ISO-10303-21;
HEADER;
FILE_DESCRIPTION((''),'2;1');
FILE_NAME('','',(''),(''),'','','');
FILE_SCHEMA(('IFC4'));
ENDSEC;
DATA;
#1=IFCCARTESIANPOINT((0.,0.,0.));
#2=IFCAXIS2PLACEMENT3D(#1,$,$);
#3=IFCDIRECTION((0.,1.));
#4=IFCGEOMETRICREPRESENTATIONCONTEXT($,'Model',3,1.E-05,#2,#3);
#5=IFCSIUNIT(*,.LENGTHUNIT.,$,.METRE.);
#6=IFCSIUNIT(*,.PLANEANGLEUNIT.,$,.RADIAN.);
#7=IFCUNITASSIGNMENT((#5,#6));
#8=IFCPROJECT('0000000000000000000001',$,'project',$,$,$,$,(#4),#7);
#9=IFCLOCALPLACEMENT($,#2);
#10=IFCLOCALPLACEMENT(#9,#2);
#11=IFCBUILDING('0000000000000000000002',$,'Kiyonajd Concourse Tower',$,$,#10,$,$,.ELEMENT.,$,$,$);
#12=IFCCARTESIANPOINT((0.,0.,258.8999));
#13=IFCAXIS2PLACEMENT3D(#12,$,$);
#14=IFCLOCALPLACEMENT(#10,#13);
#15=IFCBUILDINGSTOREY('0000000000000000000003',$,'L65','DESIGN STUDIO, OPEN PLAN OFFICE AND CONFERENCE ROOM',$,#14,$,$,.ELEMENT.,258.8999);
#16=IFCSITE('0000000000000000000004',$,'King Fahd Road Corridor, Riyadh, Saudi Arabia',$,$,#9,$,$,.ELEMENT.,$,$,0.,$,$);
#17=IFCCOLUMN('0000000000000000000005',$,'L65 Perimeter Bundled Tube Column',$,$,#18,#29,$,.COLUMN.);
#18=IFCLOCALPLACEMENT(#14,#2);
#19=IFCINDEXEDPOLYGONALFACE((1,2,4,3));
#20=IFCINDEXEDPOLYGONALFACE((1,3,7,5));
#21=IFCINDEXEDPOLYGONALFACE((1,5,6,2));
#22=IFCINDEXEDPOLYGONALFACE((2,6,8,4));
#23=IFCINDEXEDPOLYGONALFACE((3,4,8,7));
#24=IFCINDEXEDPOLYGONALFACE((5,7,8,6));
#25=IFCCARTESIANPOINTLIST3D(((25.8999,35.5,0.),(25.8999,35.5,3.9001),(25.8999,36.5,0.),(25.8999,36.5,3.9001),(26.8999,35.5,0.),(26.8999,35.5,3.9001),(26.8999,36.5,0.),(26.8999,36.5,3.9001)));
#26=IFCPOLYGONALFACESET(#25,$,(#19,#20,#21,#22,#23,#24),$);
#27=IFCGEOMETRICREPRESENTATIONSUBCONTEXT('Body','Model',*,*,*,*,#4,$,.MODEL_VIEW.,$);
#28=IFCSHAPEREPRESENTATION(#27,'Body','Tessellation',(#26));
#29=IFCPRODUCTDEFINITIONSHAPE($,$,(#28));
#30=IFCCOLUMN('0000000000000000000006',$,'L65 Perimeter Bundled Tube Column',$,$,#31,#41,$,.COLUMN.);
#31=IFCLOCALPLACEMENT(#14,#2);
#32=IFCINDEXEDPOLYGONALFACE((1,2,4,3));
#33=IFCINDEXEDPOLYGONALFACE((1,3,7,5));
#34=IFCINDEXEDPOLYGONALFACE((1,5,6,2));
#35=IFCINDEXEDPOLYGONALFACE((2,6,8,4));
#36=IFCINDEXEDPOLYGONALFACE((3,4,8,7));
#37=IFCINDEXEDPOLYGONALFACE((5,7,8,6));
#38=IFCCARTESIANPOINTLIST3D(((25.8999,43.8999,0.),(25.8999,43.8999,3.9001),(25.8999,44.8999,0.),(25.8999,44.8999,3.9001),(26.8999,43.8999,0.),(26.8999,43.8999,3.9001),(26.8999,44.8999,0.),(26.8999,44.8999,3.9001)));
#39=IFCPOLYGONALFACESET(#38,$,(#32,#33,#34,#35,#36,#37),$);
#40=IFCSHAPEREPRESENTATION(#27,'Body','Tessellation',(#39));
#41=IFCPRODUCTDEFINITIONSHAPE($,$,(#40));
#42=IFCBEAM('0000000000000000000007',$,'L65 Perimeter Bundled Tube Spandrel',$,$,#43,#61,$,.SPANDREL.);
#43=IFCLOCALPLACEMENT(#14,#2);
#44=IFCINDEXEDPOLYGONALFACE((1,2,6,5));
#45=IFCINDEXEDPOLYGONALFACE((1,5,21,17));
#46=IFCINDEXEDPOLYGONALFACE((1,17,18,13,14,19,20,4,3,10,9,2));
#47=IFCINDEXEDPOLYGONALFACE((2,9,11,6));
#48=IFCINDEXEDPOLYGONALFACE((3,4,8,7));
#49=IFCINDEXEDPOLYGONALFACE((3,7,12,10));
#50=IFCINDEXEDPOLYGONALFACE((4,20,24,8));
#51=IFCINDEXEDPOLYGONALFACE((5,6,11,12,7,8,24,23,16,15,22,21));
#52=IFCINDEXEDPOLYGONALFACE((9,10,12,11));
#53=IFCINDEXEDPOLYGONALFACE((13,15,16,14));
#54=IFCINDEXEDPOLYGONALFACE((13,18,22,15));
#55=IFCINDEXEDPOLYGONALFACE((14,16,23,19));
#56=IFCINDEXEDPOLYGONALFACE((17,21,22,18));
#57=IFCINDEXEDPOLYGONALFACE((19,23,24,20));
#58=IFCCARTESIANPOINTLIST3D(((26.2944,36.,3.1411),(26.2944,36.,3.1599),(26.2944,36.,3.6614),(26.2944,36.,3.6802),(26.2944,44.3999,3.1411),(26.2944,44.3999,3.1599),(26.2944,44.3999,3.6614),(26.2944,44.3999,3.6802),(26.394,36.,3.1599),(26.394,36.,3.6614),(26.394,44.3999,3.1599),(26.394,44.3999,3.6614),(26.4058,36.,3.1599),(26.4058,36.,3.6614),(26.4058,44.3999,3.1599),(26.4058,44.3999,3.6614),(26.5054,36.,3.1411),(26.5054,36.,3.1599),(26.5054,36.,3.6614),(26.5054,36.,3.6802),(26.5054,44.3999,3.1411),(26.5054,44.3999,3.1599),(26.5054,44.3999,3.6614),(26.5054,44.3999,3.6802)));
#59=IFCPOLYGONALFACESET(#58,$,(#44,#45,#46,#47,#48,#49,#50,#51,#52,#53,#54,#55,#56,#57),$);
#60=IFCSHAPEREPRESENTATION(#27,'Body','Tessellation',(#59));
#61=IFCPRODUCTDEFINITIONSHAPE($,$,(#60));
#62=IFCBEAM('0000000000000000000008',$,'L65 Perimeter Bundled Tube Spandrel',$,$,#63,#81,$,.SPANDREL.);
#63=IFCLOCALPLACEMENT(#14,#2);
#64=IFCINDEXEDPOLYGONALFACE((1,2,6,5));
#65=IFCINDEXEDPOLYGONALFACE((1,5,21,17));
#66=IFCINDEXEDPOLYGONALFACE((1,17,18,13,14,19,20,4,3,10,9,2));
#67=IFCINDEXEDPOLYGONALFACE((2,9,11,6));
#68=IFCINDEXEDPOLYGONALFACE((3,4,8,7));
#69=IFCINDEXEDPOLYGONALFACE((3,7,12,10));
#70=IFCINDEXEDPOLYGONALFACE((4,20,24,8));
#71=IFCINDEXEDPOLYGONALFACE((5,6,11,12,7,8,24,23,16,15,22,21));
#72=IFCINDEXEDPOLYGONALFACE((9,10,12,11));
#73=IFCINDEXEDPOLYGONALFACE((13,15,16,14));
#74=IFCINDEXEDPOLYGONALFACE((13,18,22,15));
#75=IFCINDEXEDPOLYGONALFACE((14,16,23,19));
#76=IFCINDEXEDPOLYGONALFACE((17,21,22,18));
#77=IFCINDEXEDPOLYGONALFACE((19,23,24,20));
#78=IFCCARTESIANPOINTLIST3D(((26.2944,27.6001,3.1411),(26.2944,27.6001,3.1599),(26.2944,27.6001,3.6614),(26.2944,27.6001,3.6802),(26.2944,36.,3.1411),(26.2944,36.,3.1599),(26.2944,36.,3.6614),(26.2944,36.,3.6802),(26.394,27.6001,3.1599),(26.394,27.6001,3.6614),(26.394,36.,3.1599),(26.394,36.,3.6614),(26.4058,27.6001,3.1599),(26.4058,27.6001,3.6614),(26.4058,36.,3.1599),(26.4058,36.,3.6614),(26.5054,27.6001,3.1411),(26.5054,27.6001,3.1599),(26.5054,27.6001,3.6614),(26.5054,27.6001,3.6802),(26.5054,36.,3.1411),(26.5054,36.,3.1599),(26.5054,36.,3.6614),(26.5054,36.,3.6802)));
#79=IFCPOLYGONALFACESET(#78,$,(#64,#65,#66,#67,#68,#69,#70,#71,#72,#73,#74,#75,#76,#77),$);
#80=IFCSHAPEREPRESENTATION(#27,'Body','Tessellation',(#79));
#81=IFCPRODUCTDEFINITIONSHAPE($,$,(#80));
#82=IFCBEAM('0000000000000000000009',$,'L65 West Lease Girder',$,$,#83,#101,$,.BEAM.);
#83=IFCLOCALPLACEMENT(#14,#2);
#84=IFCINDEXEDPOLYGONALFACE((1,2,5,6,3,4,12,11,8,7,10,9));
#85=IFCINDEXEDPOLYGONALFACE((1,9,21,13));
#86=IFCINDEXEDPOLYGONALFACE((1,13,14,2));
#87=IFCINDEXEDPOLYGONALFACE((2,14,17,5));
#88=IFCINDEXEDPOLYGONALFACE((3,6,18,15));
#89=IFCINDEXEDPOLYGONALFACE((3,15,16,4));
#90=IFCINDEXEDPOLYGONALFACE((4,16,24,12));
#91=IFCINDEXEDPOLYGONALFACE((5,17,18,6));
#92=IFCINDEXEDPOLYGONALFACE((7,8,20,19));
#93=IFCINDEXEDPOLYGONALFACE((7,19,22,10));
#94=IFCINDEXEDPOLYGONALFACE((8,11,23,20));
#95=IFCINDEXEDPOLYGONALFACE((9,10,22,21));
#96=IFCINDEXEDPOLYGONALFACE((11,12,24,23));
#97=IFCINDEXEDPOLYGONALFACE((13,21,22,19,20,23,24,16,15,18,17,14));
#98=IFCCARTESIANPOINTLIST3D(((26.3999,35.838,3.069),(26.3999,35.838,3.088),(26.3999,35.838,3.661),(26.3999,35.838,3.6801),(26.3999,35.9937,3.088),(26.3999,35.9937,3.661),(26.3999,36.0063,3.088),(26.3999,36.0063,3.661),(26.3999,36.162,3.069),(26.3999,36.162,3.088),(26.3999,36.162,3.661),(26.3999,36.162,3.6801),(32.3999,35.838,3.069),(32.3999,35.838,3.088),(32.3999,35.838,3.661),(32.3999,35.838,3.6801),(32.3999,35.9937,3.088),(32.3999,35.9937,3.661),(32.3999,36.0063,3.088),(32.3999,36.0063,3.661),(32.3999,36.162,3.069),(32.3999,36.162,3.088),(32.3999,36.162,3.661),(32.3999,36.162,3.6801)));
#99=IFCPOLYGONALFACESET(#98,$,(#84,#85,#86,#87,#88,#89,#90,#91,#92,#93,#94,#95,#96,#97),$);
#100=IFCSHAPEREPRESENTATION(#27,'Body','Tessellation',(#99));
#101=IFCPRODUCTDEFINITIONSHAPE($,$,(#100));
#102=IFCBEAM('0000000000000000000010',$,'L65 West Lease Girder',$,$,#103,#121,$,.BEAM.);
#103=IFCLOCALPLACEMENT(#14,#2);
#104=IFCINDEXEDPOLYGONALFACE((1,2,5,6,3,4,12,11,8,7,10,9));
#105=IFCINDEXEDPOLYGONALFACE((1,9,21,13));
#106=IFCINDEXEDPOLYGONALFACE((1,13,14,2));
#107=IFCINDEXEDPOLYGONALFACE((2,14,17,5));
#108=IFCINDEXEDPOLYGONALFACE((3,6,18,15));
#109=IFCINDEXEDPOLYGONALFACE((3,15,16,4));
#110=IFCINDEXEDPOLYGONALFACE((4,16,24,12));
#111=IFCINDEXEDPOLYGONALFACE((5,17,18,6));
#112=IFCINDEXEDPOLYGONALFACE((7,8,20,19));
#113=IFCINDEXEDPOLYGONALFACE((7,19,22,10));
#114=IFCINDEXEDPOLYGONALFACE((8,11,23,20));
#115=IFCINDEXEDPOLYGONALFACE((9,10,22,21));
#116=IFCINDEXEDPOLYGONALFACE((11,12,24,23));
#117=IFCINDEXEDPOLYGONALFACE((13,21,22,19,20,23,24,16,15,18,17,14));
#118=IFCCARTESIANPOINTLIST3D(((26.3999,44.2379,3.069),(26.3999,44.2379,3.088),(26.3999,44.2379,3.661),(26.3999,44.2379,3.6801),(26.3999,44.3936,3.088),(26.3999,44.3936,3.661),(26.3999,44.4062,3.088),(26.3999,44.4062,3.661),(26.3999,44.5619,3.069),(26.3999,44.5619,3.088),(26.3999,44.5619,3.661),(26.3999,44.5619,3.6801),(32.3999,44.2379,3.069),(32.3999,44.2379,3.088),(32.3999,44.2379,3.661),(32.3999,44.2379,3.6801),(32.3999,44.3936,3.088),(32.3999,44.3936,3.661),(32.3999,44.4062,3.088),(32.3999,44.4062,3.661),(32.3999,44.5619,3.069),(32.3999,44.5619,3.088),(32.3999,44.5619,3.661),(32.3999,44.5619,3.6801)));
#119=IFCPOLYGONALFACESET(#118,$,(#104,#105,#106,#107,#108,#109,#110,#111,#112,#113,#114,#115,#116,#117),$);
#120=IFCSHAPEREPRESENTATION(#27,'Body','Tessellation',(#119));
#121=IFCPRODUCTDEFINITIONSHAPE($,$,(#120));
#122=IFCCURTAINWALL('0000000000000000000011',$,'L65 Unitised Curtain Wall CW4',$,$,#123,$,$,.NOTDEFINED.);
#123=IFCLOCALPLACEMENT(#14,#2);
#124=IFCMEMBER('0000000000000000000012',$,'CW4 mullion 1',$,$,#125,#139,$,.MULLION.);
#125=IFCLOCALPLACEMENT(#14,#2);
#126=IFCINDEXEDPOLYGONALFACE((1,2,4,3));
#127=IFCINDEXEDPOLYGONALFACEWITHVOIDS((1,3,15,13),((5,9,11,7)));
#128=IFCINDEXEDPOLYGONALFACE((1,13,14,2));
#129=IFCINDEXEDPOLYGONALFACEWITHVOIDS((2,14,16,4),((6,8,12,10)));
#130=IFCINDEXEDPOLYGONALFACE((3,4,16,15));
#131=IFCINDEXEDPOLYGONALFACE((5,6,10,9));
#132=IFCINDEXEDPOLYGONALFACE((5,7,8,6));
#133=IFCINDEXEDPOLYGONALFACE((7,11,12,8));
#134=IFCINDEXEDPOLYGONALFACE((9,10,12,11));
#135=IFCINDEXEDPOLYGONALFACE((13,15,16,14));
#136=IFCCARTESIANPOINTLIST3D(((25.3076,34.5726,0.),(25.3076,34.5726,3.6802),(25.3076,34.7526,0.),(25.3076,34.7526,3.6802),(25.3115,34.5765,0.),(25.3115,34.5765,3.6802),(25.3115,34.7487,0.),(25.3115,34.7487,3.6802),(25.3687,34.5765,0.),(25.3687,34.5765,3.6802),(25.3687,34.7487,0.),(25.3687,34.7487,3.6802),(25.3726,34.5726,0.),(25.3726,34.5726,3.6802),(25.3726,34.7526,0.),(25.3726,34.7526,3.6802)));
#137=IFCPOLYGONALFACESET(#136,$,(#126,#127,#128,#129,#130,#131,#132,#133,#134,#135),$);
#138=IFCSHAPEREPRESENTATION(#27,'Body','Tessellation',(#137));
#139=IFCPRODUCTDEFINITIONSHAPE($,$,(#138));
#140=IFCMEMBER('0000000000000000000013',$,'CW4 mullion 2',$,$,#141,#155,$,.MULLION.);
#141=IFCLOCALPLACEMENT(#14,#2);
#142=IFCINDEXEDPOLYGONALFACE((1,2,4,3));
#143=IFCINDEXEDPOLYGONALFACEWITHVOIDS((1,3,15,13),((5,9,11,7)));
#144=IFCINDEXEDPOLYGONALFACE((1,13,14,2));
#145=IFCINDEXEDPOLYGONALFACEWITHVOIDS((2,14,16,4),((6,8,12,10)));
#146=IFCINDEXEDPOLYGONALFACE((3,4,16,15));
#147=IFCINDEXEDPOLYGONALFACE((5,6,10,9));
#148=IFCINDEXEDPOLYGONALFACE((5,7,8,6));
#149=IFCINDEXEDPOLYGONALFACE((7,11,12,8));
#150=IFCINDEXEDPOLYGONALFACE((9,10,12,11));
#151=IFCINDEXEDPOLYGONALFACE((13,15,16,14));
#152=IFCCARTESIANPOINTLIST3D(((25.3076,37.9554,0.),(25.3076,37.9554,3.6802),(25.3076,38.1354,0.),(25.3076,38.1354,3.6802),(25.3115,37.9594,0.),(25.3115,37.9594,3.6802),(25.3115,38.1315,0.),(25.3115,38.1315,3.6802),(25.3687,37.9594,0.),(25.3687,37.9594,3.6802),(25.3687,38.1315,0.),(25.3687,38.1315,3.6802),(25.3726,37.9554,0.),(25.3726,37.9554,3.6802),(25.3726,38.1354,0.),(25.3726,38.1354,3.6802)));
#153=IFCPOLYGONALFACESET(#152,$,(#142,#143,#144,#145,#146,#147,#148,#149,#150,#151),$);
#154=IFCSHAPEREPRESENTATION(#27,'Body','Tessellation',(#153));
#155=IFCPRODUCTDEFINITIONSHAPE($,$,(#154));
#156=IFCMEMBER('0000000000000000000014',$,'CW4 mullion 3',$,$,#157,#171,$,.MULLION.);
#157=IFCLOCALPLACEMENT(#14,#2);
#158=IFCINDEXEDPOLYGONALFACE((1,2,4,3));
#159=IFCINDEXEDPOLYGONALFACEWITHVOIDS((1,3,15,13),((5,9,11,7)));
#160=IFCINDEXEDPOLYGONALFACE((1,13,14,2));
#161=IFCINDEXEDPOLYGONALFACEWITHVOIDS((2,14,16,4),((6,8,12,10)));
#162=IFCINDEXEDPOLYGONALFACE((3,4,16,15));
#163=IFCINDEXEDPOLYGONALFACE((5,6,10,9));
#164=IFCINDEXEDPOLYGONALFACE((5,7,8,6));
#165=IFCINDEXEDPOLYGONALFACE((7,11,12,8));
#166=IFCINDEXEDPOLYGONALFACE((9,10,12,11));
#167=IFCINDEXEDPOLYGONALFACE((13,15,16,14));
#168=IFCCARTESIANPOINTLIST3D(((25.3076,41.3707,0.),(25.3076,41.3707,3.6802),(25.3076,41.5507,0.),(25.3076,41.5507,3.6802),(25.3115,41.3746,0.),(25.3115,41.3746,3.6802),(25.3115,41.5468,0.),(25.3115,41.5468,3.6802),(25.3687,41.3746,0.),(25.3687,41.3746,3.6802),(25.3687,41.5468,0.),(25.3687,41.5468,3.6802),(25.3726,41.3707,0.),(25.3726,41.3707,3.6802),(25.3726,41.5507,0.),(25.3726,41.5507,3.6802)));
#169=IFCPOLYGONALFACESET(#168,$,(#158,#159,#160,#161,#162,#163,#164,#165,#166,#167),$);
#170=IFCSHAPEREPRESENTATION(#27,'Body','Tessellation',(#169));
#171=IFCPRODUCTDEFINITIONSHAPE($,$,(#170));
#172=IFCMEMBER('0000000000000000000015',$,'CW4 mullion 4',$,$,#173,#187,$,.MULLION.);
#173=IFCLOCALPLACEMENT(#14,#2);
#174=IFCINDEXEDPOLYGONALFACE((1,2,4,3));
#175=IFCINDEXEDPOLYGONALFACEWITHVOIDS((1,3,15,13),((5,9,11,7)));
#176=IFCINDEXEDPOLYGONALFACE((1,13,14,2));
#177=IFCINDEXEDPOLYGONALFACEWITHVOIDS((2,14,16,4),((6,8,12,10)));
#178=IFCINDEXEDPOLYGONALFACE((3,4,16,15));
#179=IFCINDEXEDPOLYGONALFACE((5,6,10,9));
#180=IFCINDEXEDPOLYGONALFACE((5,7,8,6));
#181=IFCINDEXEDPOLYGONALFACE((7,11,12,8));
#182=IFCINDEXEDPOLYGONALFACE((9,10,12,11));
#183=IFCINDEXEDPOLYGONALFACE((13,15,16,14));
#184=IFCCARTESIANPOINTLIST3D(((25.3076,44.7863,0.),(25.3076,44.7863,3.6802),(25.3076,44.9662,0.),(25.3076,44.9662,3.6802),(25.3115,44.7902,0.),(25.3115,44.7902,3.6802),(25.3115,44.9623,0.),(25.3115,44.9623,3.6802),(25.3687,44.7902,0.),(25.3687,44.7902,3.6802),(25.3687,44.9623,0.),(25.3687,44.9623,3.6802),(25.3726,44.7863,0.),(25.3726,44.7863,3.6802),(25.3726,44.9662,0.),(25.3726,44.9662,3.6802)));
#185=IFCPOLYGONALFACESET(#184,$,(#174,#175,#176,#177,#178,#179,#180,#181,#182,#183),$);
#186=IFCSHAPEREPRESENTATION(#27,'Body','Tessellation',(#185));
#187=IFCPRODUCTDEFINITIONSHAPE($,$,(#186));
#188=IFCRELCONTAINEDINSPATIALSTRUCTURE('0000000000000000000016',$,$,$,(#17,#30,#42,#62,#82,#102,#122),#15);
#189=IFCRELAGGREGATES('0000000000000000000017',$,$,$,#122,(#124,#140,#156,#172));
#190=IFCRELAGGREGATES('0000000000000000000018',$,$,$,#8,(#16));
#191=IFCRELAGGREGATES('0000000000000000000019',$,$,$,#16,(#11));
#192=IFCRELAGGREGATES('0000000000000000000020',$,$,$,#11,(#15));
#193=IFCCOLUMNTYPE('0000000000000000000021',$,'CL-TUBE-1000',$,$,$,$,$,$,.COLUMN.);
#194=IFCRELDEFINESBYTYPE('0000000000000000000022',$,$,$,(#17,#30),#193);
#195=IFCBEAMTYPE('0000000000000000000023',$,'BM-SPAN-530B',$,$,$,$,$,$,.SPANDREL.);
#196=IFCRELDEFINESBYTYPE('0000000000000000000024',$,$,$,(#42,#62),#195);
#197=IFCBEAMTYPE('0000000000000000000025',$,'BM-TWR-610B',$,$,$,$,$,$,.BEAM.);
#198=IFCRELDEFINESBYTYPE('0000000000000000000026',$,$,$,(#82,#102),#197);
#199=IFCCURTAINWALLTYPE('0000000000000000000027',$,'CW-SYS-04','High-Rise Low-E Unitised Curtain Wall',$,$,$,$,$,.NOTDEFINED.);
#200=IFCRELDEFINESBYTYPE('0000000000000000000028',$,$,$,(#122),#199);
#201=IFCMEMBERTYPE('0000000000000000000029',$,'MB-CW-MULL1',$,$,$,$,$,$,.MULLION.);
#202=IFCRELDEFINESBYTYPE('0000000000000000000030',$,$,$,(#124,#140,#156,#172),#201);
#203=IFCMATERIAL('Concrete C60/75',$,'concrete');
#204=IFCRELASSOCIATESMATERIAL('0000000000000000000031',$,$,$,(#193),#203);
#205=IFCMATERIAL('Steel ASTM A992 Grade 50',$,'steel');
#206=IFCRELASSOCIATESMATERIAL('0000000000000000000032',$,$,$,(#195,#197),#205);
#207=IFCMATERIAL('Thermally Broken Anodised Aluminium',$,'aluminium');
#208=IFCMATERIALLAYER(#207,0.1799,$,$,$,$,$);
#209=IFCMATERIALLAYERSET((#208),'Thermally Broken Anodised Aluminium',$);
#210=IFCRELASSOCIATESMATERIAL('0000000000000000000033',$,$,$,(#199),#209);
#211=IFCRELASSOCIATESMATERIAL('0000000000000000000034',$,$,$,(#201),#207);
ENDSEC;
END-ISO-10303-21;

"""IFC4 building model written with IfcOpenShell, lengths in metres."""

from ifc_helpers import new_model, si_unit, direction, frame, origin, origin_2d, place, context, subcontext, project, spatial, rectangle, hollow_rectangle, i_section, extrude, material, layer, layer_set, material_profile, profile_set, type_object, element, aggregate, save


model = new_model("IFC4")

# Units and contexts
model_context = context("Model", 3, precision=1e-05, world=origin(), true_north=direction((0.0, 1.0)))
body_context = subcontext(model_context, "Body", "Model", "MODEL_VIEW")
ifc_project = project(units=[si_unit("LENGTHUNIT", "METRE"), si_unit("PLANEANGLEUNIT", "RADIAN")], contexts=[model_context])

# Site, building, storey
site_placement = place(None, origin())
site = spatial("IfcSite", under=ifc_project, at=site_placement, Name="King Fahd Road Corridor, Riyadh, Saudi Arabia", CompositionType="ELEMENT", RefElevation=0.0)
building_placement = place(site_placement, origin())
building = spatial("IfcBuilding", under=site, at=building_placement, Name="Kiyonajd Concourse Tower", CompositionType="ELEMENT")
storey_placement = place(building_placement, frame((0.0, 0.0, 258.8999)))
storey = spatial("IfcBuildingStorey", under=building, at=storey_placement, Name="L65", Description="DESIGN STUDIO, OPEN PLAN OFFICE AND CONFERENCE ROOM", CompositionType="ELEMENT", Elevation=258.8999)

# Columns
ifc_material_1 = material(Name="Concrete C60/75", Category="concrete")
ifc_material_profile_1 = material_profile(ifc_material_1, rectangle(XDim=1.0, YDim=1.0, at=origin_2d()), Name="RC-1000x1000")
ifc_profile_set_1 = profile_set([ifc_material_profile_1], Name="Concrete C60/75")
column_type = type_object("IfcColumnType", Name="CL-TUBE-1000", PredefinedType="COLUMN", material=ifc_profile_set_1)
for number, where, z_axis, x_axis, name in (
    (1, (26.3999, 36.0, 0.0), (0.0, 0.0, 1.0), (1.0, 0.0, 0.0), "L65 Perimeter Bundled Tube Column"),
    (2, (26.3999, 44.3999, 0.0), (0.0, 0.0, 1.0), (1.0, 0.0, 0.0), "L65 Perimeter Bundled Tube Column"),
):
    element("IfcColumn", number, at=place(storey_placement, frame(where, z_axis=z_axis, x_axis=x_axis)), inside=storey, type_object=column_type, Name=name, PredefinedType="COLUMN", context=body_context, shape_type="SweptSolid", body=[
        extrude(rectangle(XDim=1.0, YDim=1.0, at=origin_2d()), origin(), (0.0, 0.0, 1.0), 3.9001),
    ])

# Beams
ifc_material_2 = material(Name="Steel ASTM A992 Grade 50", Category="steel")
ifc_material_profile_2 = material_profile(ifc_material_2, i_section(OverallWidth=0.2109, OverallDepth=0.5391, WebThickness=0.0117, FlangeThickness=0.0188, at=origin_2d()), Name="W530X109")
ifc_profile_set_2 = profile_set([ifc_material_profile_2], Name="Steel ASTM A992 Grade 50")
beam_type_1 = type_object("IfcBeamType", Name="BM-SPAN-530B", PredefinedType="SPANDREL", material=ifc_profile_set_2)
for number, where, z_axis, x_axis, name in (
    (3, (26.3999, 44.3999, 3.4106), (0.0, -1.0, 0.0), (1.0, 0.0, 0.0), "L65 Perimeter Bundled Tube Spandrel"),
    (4, (26.3999, 36.0, 3.4106), (0.0, -1.0, 0.0), (1.0, 0.0, 0.0), "L65 Perimeter Bundled Tube Spandrel"),
):
    element("IfcBeam", number, at=place(storey_placement, frame(where, z_axis=z_axis, x_axis=x_axis)), inside=storey, type_object=beam_type_1, Name=name, PredefinedType="SPANDREL", context=body_context, shape_type="SweptSolid", body=[
        extrude(i_section(OverallWidth=0.2109, OverallDepth=0.5391, WebThickness=0.0117, FlangeThickness=0.0188, at=origin_2d()), origin(), (0.0, 0.0, 1.0), 8.3999),
    ])
ifc_material_profile_3 = material_profile(ifc_material_2, i_section(OverallWidth=0.324, OverallDepth=0.6111, WebThickness=0.0127, FlangeThickness=0.019, at=origin_2d()), Name="W610X155")
ifc_profile_set_3 = profile_set([ifc_material_profile_3], Name="Steel ASTM A992 Grade 50")
beam_type_2 = type_object("IfcBeamType", Name="BM-TWR-610B", PredefinedType="BEAM", material=ifc_profile_set_3)
for number, where, z_axis, x_axis, name in (
    (5, (26.3999, 36.0, 3.3745), (1.0, 0.0, 0.0), (0.0, 1.0, 0.0), "L65 West Lease Girder"),
    (6, (26.3999, 44.3999, 3.3745), (1.0, 0.0, 0.0), (0.0, 1.0, 0.0), "L65 West Lease Girder"),
):
    element("IfcBeam", number, at=place(storey_placement, frame(where, z_axis=z_axis, x_axis=x_axis)), inside=storey, type_object=beam_type_2, Name=name, PredefinedType="BEAM", context=body_context, shape_type="SweptSolid", body=[
        extrude(i_section(OverallWidth=0.324, OverallDepth=0.6111, WebThickness=0.0127, FlangeThickness=0.019, at=origin_2d()), origin(), (0.0, 0.0, 1.0), 6.0),
    ])

# Curtain wall, members
ifc_material_3 = material(Name="Thermally Broken Anodised Aluminium", Category="aluminium")
ifc_layer_1 = layer(ifc_material_3, 0.1799)
ifc_layer_set_1 = layer_set([ifc_layer_1], Name="Thermally Broken Anodised Aluminium")
curtain_wall_type = type_object("IfcCurtainWallType", Name="CW-SYS-04", Description="High-Rise Low-E Unitised Curtain Wall", PredefinedType="NOTDEFINED", material=ifc_layer_set_1)
curtain_wall_placement = place(storey_placement, origin())
curtain_wall = element("IfcCurtainWall", 7, at=curtain_wall_placement, inside=storey, type_object=curtain_wall_type, Name="L65 Unitised Curtain Wall CW4", PredefinedType="NOTDEFINED")
ifc_material_profile_4 = material_profile(ifc_material_3, hollow_rectangle(XDim=0.0649, YDim=0.1799, WallThickness=0.0039, at=origin_2d()), Name="MULL-65x180")
ifc_profile_set_4 = profile_set([ifc_material_profile_4], Name="Thermally Broken Anodised Aluminium")
member_type_1 = type_object("IfcMemberType", Name="MB-CW-MULL1", PredefinedType="MULLION", material=ifc_profile_set_4)
member_1_placement = place(storey_placement, frame((25.3401, 34.6626, 0.0), z_axis=(0.0, 0.0, 1.0), x_axis=(-1.0, 0.0, 0.0)))
member_1 = element("IfcMember", 8, at=member_1_placement, type_object=member_type_1, Name="CW4 mullion 1", PredefinedType="MULLION", context=body_context, shape_type="SweptSolid", body=[
    extrude(hollow_rectangle(XDim=0.0649, YDim=0.1799, WallThickness=0.0039, at=origin_2d()), origin(), (0.0, 0.0, 1.0), 3.6802),
])
member_2_placement = place(storey_placement, frame((25.3401, 38.0454, 0.0), z_axis=(0.0, 0.0, 1.0), x_axis=(-1.0, 0.0, 0.0)))
member_2 = element("IfcMember", 9, at=member_2_placement, type_object=member_type_1, Name="CW4 mullion 2", PredefinedType="MULLION", context=body_context, shape_type="SweptSolid", body=[
    extrude(hollow_rectangle(XDim=0.0649, YDim=0.1799, WallThickness=0.0039, at=origin_2d()), origin(), (0.0, 0.0, 1.0), 3.6802),
])
member_3_placement = place(storey_placement, frame((25.3401, 41.4607, 0.0), z_axis=(0.0, 0.0, 1.0), x_axis=(-1.0, 0.0, 0.0)))
member_3 = element("IfcMember", 10, at=member_3_placement, type_object=member_type_1, Name="CW4 mullion 3", PredefinedType="MULLION", context=body_context, shape_type="SweptSolid", body=[
    extrude(hollow_rectangle(XDim=0.0649, YDim=0.1799, WallThickness=0.0039, at=origin_2d()), origin(), (0.0, 0.0, 1.0), 3.6802),
])
member_4_placement = place(storey_placement, frame((25.3401, 44.8762, 0.0), z_axis=(0.0, 0.0, 1.0), x_axis=(-1.0, 0.0, 0.0)))
member_4 = element("IfcMember", 11, at=member_4_placement, type_object=member_type_1, Name="CW4 mullion 4", PredefinedType="MULLION", context=body_context, shape_type="SweptSolid", body=[
    extrude(hollow_rectangle(XDim=0.0649, YDim=0.1799, WallThickness=0.0039, at=origin_2d()), origin(), (0.0, 0.0, 1.0), 3.6802),
])

aggregate(curtain_wall, [member_1, member_2, member_3, member_4])

save(model, "model.ifc")
